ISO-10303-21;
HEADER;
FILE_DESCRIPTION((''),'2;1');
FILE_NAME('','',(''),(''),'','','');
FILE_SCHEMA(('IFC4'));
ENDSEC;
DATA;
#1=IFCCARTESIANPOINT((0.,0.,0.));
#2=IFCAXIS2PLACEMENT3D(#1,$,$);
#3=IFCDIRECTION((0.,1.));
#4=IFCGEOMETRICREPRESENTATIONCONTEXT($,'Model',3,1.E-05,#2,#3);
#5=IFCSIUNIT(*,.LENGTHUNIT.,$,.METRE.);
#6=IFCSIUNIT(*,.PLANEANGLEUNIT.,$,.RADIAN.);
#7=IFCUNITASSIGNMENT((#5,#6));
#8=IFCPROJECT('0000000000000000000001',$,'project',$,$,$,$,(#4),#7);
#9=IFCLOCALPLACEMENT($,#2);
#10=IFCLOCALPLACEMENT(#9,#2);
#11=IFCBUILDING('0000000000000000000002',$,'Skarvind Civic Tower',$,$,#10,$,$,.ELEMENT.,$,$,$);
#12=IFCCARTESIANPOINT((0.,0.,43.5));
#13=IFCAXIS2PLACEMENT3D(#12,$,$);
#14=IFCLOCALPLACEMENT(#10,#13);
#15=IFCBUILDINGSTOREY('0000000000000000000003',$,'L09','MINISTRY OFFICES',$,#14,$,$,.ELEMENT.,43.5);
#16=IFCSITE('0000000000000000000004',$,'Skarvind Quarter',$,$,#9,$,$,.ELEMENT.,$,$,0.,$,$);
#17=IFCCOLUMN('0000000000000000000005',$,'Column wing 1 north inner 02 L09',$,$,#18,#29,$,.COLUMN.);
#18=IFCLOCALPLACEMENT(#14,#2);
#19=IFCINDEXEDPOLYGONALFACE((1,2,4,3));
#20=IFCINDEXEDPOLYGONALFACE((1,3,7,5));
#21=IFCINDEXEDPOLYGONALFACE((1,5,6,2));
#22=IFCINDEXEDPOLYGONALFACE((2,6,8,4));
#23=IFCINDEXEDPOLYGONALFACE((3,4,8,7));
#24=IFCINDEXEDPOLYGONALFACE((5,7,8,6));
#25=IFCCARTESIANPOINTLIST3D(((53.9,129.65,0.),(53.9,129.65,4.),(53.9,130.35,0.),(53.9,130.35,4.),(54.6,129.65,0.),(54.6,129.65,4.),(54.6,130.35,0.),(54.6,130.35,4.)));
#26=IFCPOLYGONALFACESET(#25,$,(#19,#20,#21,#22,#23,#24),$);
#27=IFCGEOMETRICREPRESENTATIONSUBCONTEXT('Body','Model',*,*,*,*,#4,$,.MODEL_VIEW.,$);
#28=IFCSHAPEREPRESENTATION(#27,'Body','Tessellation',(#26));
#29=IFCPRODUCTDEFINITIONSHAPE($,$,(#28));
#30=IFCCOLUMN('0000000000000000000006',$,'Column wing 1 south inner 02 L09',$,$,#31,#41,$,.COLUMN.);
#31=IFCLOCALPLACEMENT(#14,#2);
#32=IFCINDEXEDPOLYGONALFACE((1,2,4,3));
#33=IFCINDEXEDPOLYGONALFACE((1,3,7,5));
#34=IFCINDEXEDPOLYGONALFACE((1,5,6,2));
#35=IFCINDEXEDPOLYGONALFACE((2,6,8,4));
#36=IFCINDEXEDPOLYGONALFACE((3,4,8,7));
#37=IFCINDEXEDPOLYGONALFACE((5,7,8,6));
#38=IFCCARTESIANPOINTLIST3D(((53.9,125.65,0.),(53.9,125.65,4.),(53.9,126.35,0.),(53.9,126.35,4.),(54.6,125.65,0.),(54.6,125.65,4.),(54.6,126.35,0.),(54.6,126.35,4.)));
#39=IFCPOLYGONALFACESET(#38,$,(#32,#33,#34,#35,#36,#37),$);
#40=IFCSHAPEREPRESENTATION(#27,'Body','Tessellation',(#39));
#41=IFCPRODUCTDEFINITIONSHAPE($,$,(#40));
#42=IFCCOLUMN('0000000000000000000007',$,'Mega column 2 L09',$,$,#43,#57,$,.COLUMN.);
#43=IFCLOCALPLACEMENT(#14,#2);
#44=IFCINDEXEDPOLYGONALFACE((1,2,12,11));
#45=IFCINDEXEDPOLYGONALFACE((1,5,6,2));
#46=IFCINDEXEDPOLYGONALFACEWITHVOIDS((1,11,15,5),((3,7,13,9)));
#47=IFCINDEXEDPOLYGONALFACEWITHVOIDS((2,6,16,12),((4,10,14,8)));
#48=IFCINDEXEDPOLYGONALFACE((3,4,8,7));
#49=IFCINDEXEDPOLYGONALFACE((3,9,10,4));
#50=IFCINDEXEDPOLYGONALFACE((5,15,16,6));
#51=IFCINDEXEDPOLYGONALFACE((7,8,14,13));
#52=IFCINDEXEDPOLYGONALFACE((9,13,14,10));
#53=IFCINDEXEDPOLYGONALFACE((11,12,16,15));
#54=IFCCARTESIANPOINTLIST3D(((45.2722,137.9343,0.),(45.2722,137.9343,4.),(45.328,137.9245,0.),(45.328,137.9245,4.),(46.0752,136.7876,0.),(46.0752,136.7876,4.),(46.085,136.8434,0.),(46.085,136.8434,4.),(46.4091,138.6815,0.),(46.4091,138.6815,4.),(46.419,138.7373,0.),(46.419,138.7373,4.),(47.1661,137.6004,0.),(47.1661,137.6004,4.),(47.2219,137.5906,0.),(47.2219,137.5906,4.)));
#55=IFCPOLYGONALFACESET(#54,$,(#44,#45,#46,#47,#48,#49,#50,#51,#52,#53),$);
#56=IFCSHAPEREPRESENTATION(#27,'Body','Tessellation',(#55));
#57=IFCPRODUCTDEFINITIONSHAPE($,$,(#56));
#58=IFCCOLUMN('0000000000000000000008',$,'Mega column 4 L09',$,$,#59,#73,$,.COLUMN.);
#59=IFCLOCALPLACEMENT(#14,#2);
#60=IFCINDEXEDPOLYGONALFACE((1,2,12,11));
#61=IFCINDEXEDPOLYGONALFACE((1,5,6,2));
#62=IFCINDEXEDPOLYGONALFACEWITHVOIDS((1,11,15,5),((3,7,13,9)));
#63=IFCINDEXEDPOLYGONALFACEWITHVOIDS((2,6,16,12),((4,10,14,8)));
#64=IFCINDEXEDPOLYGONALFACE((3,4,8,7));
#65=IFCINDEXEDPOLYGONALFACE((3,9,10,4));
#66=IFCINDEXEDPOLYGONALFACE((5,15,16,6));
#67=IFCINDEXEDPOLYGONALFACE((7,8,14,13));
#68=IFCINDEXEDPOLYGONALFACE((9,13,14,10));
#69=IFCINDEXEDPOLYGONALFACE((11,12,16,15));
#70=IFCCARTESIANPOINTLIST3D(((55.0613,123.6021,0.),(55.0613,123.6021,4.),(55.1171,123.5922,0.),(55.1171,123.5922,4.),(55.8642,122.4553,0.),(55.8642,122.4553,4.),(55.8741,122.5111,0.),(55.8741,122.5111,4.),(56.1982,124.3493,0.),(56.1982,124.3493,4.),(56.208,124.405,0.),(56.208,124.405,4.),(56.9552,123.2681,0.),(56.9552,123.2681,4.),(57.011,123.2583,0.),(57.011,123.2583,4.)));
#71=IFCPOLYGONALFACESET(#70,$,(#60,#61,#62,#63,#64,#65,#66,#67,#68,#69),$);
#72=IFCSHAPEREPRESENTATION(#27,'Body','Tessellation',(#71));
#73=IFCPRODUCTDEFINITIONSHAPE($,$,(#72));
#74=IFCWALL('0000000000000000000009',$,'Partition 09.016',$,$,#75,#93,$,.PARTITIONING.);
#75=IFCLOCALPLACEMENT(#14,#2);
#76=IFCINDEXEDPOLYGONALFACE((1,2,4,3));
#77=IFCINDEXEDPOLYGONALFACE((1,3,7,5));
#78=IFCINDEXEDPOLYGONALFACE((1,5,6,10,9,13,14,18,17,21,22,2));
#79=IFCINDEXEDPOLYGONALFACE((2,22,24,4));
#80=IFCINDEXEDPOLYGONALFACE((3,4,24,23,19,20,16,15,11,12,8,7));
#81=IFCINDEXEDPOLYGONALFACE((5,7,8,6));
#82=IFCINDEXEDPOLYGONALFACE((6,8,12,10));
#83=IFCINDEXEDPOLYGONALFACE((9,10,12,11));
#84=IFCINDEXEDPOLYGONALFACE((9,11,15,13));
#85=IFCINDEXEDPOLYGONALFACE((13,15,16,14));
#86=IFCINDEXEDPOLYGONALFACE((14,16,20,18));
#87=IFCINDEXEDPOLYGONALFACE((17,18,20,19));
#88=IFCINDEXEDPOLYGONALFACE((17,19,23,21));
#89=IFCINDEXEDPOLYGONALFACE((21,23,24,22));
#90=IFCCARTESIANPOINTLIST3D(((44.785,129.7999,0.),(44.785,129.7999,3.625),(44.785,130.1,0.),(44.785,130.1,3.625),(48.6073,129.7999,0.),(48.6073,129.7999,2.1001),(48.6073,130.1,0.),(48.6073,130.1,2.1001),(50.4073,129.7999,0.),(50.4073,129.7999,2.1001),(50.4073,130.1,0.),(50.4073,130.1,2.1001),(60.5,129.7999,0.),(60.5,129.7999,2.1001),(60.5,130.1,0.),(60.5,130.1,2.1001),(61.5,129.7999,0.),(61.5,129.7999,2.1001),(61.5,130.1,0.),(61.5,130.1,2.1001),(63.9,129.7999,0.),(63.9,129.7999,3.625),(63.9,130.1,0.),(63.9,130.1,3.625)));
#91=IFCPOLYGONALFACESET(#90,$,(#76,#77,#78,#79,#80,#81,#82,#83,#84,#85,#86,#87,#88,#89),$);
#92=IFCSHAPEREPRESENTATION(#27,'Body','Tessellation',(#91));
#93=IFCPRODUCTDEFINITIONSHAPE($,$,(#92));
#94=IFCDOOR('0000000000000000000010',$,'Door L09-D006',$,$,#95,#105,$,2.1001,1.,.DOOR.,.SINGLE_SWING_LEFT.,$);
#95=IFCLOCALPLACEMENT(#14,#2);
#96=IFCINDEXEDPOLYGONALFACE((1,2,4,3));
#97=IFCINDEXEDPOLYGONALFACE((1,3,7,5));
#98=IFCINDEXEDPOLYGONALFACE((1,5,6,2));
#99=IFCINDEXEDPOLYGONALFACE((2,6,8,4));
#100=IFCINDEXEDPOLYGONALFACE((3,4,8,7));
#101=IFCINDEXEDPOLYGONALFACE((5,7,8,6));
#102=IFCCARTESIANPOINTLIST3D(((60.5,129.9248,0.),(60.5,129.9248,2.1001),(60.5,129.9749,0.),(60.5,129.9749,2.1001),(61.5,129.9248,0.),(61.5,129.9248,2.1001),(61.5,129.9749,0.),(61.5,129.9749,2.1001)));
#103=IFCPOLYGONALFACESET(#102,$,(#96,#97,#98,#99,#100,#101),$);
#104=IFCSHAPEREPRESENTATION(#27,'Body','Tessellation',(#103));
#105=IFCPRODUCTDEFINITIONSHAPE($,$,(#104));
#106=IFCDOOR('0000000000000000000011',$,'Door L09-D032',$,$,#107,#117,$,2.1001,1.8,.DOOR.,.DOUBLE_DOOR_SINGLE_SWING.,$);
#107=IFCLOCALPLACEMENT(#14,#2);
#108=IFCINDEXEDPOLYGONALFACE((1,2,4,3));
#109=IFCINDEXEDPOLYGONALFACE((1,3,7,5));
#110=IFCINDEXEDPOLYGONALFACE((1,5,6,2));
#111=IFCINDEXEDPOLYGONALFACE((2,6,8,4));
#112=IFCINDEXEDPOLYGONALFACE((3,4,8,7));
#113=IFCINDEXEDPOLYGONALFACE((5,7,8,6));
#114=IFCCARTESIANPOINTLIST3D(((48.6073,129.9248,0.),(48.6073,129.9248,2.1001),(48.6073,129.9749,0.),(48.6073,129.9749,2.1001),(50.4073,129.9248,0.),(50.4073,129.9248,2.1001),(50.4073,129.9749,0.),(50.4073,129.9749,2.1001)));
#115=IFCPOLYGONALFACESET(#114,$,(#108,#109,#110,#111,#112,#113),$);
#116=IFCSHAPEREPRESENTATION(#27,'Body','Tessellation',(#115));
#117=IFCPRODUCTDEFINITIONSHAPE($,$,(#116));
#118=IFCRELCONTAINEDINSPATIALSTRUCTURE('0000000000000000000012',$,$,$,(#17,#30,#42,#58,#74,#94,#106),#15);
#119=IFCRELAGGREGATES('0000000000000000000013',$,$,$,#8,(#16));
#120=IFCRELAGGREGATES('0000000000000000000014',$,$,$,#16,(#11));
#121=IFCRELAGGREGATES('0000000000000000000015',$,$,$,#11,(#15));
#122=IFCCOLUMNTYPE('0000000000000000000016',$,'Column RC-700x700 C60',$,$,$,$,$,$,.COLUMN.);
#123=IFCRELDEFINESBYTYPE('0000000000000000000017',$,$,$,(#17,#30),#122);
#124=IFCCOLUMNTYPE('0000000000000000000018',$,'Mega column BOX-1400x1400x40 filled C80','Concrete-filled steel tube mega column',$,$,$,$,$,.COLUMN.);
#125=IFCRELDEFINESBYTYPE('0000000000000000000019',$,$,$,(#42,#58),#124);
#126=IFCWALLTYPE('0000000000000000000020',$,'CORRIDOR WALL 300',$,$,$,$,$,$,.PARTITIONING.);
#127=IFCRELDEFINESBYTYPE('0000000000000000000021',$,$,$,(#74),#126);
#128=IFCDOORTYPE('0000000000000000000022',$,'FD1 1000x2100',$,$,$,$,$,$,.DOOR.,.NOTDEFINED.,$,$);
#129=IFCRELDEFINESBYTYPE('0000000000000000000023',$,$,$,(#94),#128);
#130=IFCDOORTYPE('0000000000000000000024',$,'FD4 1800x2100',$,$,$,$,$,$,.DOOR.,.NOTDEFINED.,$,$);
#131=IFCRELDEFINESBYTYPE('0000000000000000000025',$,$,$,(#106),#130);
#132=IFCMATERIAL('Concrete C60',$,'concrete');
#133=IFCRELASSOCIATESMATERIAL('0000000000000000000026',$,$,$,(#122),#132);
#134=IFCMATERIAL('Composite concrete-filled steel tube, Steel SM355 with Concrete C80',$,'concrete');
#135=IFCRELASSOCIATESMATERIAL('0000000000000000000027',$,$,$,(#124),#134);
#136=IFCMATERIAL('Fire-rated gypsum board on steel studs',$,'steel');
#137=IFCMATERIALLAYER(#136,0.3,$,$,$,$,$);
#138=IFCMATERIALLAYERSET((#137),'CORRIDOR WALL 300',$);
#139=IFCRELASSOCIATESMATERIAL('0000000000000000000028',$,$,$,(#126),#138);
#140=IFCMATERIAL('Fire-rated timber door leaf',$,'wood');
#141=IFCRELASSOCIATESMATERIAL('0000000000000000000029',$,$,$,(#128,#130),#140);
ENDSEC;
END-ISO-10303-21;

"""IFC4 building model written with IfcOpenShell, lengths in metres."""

from ifc_helpers import new_model, si_unit, direction, frame, frame_2d, origin, origin_2d, place, context, subcontext, project, spatial, rectangle, hollow_rectangle, extrude, material, layer, layer_set, material_profile, profile_set, type_object, element, fill, save


model = new_model("IFC4")

# Units and contexts
model_context = context("Model", 3, precision=1e-05, world=origin(), true_north=direction((0.0, 1.0)))
body_context = subcontext(model_context, "Body", "Model", "MODEL_VIEW")
ifc_project = project(units=[si_unit("LENGTHUNIT", "METRE"), si_unit("PLANEANGLEUNIT", "RADIAN")], contexts=[model_context])

# Site, building, storey
site_placement = place(None, origin())
site = spatial("IfcSite", under=ifc_project, at=site_placement, Name="Skarvind Quarter", CompositionType="ELEMENT", RefElevation=0.0)
building_placement = place(site_placement, origin())
building = spatial("IfcBuilding", under=site, at=building_placement, Name="Skarvind Civic Tower", CompositionType="ELEMENT")
storey_placement = place(building_placement, frame((0.0, 0.0, 43.5)))
storey = spatial("IfcBuildingStorey", under=building, at=storey_placement, Name="L09", Description="MINISTRY OFFICES", CompositionType="ELEMENT", Elevation=43.5)

# Columns
ifc_material_1 = material(Name="Concrete C60", Category="concrete")
ifc_material_profile_1 = material_profile(ifc_material_1, rectangle(XDim=0.7, YDim=0.7, at=origin_2d()), Name="RC-700x700")
ifc_profile_set_1 = profile_set([ifc_material_profile_1], Name="Concrete C60")
column_type_1 = type_object("IfcColumnType", Name="Column RC-700x700 C60", PredefinedType="COLUMN", material=ifc_profile_set_1)
for number, where, z_axis, x_axis, name in (
    (1, (54.25, 130.0, 0.0), (0.0, 0.0, 1.0), (1.0, 0.0, 0.0), "Column wing 1 north inner 02 L09"),
    (2, (54.25, 126.0, 0.0), (0.0, 0.0, 1.0), (1.0, 0.0, 0.0), "Column wing 1 south inner 02 L09"),
):
    element("IfcColumn", number, at=place(storey_placement, frame(where, z_axis=z_axis, x_axis=x_axis)), inside=storey, type_object=column_type_1, Name=name, PredefinedType="COLUMN", context=body_context, shape_type="SweptSolid", body=[
        extrude(rectangle(XDim=0.7, YDim=0.7, at=origin_2d()), origin(), (0.0, 0.0, 1.0), 4.0),
    ])
ifc_material_2 = material(Name="Composite concrete-filled steel tube, Steel SM355 with Concrete C80", Category="concrete")
ifc_material_profile_2 = material_profile(ifc_material_2, hollow_rectangle(XDim=1.3999, YDim=1.3999, WallThickness=0.04, at=origin_2d()), Name="BOX-1400x1400x40")
ifc_profile_set_2 = profile_set([ifc_material_profile_2], Name="Composite concrete-filled steel tube, Steel SM355 with Concrete C80")
column_type_2 = type_object("IfcColumnType", Name="Mega column BOX-1400x1400x40 filled C80", Description="Concrete-filled steel tube mega column", PredefinedType="COLUMN", material=ifc_profile_set_2)
for number, where, z_axis, x_axis, name in (
    (3, (46.2471, 137.7625, 0.0), (0.0, 0.0, 1.0), (0.573576, -0.819152, 0.0), "Mega column 2 L09"),
    (4, (56.0361, 123.4302, 0.0), (0.0, 0.0, 1.0), (0.573576, -0.819152, 0.0), "Mega column 4 L09"),
):
    element("IfcColumn", number, at=place(storey_placement, frame(where, z_axis=z_axis, x_axis=x_axis)), inside=storey, type_object=column_type_2, Name=name, PredefinedType="COLUMN", context=body_context, shape_type="SweptSolid", body=[
        extrude(hollow_rectangle(XDim=1.3999, YDim=1.3999, WallThickness=0.04, at=origin_2d()), origin(), (0.0, 0.0, 1.0), 4.0),
    ])

# Wall, openings, doors
ifc_material_3 = material(Name="Fire-rated gypsum board on steel studs", Category="steel")
ifc_layer = layer(ifc_material_3, 0.3)
ifc_layer_set = layer_set([ifc_layer], Name="CORRIDOR WALL 300")
wall_type = type_object("IfcWallType", Name="CORRIDOR WALL 300", PredefinedType="PARTITIONING", material=ifc_layer_set)
wall_1_placement = place(storey_placement, frame((44.7849, 129.95, 0.0), z_axis=(0.0, 0.0, 1.0), x_axis=(1.0, 0.0, 0.0)))
wall_1 = element("IfcWall", 5, at=wall_1_placement, inside=storey, type_object=wall_type, Name="Partition 09.016", PredefinedType="PARTITIONING", context=body_context, shape_type="SweptSolid", body=[
    extrude(rectangle(XDim=19.115, YDim=0.3, at=frame_2d((9.5576, 0.0))), origin(), (0.0, 0.0, 1.0), 3.625),
])
opening_1_placement = place(wall_1_placement, frame((15.7151, 0.0, 0.0)))
opening_1 = element("IfcOpeningElement", 6, at=opening_1_placement, cuts=wall_1, PredefinedType="OPENING", context=body_context, shape_type="SweptSolid", body=[
    extrude(rectangle(XDim=1.0, YDim=2.1001, at=frame_2d((0.5, 1.05))), frame((0.0, 0.1599, 0.0), z_axis=(0.0, -1.0, 0.0), x_axis=(1.0, 0.0, 0.0)), (0.0, 0.0, 1.0), 0.3201),
])
opening_2_placement = place(wall_1_placement, frame((3.8225, 0.0, 0.0)))
opening_2 = element("IfcOpeningElement", 7, at=opening_2_placement, cuts=wall_1, PredefinedType="OPENING", context=body_context, shape_type="SweptSolid", body=[
    extrude(rectangle(XDim=1.8, YDim=2.1001, at=frame_2d((0.8999, 1.05))), frame((0.0, 0.1599, 0.0), z_axis=(0.0, -1.0, 0.0), x_axis=(1.0, 0.0, 0.0)), (0.0, 0.0, 1.0), 0.3201),
])
ifc_material_4 = material(Name="Fire-rated timber door leaf", Category="wood")
door_type_1 = type_object("IfcDoorType", Name="FD1 1000x2100", OperationType="NOTDEFINED", PredefinedType="DOOR", material=ifc_material_4)
door_1_placement = place(opening_1_placement, origin())
door_1 = element("IfcDoor", 8, at=door_1_placement, inside=storey, type_object=door_type_1, Name="Door L09-D006", OperationType="SINGLE_SWING_LEFT", OverallHeight=2.1001, OverallWidth=1.0, PredefinedType="DOOR", context=body_context, shape_type="SweptSolid", body=[
    extrude(rectangle(XDim=1.0, YDim=2.1001, at=frame_2d((0.5, 1.05))), frame((0.0, 0.0249, 0.0), z_axis=(0.0, -1.0, 0.0), x_axis=(1.0, 0.0, 0.0)), (0.0, 0.0, 1.0), 0.05),
])
fill(opening_1, door_1)
door_type_2 = type_object("IfcDoorType", Name="FD4 1800x2100", OperationType="NOTDEFINED", PredefinedType="DOOR", material=ifc_material_4)
door_2_placement = place(opening_2_placement, origin())
door_2 = element("IfcDoor", 9, at=door_2_placement, inside=storey, type_object=door_type_2, Name="Door L09-D032", OperationType="DOUBLE_DOOR_SINGLE_SWING", OverallHeight=2.1001, OverallWidth=1.8, PredefinedType="DOOR", context=body_context, shape_type="SweptSolid", body=[
    extrude(rectangle(XDim=1.8, YDim=2.1001, at=frame_2d((0.8999, 1.05))), frame((0.0, 0.0249, 0.0), z_axis=(0.0, -1.0, 0.0), x_axis=(1.0, 0.0, 0.0)), (0.0, 0.0, 1.0), 0.05),
])
fill(opening_2, door_2)

save(model, "model.ifc")
